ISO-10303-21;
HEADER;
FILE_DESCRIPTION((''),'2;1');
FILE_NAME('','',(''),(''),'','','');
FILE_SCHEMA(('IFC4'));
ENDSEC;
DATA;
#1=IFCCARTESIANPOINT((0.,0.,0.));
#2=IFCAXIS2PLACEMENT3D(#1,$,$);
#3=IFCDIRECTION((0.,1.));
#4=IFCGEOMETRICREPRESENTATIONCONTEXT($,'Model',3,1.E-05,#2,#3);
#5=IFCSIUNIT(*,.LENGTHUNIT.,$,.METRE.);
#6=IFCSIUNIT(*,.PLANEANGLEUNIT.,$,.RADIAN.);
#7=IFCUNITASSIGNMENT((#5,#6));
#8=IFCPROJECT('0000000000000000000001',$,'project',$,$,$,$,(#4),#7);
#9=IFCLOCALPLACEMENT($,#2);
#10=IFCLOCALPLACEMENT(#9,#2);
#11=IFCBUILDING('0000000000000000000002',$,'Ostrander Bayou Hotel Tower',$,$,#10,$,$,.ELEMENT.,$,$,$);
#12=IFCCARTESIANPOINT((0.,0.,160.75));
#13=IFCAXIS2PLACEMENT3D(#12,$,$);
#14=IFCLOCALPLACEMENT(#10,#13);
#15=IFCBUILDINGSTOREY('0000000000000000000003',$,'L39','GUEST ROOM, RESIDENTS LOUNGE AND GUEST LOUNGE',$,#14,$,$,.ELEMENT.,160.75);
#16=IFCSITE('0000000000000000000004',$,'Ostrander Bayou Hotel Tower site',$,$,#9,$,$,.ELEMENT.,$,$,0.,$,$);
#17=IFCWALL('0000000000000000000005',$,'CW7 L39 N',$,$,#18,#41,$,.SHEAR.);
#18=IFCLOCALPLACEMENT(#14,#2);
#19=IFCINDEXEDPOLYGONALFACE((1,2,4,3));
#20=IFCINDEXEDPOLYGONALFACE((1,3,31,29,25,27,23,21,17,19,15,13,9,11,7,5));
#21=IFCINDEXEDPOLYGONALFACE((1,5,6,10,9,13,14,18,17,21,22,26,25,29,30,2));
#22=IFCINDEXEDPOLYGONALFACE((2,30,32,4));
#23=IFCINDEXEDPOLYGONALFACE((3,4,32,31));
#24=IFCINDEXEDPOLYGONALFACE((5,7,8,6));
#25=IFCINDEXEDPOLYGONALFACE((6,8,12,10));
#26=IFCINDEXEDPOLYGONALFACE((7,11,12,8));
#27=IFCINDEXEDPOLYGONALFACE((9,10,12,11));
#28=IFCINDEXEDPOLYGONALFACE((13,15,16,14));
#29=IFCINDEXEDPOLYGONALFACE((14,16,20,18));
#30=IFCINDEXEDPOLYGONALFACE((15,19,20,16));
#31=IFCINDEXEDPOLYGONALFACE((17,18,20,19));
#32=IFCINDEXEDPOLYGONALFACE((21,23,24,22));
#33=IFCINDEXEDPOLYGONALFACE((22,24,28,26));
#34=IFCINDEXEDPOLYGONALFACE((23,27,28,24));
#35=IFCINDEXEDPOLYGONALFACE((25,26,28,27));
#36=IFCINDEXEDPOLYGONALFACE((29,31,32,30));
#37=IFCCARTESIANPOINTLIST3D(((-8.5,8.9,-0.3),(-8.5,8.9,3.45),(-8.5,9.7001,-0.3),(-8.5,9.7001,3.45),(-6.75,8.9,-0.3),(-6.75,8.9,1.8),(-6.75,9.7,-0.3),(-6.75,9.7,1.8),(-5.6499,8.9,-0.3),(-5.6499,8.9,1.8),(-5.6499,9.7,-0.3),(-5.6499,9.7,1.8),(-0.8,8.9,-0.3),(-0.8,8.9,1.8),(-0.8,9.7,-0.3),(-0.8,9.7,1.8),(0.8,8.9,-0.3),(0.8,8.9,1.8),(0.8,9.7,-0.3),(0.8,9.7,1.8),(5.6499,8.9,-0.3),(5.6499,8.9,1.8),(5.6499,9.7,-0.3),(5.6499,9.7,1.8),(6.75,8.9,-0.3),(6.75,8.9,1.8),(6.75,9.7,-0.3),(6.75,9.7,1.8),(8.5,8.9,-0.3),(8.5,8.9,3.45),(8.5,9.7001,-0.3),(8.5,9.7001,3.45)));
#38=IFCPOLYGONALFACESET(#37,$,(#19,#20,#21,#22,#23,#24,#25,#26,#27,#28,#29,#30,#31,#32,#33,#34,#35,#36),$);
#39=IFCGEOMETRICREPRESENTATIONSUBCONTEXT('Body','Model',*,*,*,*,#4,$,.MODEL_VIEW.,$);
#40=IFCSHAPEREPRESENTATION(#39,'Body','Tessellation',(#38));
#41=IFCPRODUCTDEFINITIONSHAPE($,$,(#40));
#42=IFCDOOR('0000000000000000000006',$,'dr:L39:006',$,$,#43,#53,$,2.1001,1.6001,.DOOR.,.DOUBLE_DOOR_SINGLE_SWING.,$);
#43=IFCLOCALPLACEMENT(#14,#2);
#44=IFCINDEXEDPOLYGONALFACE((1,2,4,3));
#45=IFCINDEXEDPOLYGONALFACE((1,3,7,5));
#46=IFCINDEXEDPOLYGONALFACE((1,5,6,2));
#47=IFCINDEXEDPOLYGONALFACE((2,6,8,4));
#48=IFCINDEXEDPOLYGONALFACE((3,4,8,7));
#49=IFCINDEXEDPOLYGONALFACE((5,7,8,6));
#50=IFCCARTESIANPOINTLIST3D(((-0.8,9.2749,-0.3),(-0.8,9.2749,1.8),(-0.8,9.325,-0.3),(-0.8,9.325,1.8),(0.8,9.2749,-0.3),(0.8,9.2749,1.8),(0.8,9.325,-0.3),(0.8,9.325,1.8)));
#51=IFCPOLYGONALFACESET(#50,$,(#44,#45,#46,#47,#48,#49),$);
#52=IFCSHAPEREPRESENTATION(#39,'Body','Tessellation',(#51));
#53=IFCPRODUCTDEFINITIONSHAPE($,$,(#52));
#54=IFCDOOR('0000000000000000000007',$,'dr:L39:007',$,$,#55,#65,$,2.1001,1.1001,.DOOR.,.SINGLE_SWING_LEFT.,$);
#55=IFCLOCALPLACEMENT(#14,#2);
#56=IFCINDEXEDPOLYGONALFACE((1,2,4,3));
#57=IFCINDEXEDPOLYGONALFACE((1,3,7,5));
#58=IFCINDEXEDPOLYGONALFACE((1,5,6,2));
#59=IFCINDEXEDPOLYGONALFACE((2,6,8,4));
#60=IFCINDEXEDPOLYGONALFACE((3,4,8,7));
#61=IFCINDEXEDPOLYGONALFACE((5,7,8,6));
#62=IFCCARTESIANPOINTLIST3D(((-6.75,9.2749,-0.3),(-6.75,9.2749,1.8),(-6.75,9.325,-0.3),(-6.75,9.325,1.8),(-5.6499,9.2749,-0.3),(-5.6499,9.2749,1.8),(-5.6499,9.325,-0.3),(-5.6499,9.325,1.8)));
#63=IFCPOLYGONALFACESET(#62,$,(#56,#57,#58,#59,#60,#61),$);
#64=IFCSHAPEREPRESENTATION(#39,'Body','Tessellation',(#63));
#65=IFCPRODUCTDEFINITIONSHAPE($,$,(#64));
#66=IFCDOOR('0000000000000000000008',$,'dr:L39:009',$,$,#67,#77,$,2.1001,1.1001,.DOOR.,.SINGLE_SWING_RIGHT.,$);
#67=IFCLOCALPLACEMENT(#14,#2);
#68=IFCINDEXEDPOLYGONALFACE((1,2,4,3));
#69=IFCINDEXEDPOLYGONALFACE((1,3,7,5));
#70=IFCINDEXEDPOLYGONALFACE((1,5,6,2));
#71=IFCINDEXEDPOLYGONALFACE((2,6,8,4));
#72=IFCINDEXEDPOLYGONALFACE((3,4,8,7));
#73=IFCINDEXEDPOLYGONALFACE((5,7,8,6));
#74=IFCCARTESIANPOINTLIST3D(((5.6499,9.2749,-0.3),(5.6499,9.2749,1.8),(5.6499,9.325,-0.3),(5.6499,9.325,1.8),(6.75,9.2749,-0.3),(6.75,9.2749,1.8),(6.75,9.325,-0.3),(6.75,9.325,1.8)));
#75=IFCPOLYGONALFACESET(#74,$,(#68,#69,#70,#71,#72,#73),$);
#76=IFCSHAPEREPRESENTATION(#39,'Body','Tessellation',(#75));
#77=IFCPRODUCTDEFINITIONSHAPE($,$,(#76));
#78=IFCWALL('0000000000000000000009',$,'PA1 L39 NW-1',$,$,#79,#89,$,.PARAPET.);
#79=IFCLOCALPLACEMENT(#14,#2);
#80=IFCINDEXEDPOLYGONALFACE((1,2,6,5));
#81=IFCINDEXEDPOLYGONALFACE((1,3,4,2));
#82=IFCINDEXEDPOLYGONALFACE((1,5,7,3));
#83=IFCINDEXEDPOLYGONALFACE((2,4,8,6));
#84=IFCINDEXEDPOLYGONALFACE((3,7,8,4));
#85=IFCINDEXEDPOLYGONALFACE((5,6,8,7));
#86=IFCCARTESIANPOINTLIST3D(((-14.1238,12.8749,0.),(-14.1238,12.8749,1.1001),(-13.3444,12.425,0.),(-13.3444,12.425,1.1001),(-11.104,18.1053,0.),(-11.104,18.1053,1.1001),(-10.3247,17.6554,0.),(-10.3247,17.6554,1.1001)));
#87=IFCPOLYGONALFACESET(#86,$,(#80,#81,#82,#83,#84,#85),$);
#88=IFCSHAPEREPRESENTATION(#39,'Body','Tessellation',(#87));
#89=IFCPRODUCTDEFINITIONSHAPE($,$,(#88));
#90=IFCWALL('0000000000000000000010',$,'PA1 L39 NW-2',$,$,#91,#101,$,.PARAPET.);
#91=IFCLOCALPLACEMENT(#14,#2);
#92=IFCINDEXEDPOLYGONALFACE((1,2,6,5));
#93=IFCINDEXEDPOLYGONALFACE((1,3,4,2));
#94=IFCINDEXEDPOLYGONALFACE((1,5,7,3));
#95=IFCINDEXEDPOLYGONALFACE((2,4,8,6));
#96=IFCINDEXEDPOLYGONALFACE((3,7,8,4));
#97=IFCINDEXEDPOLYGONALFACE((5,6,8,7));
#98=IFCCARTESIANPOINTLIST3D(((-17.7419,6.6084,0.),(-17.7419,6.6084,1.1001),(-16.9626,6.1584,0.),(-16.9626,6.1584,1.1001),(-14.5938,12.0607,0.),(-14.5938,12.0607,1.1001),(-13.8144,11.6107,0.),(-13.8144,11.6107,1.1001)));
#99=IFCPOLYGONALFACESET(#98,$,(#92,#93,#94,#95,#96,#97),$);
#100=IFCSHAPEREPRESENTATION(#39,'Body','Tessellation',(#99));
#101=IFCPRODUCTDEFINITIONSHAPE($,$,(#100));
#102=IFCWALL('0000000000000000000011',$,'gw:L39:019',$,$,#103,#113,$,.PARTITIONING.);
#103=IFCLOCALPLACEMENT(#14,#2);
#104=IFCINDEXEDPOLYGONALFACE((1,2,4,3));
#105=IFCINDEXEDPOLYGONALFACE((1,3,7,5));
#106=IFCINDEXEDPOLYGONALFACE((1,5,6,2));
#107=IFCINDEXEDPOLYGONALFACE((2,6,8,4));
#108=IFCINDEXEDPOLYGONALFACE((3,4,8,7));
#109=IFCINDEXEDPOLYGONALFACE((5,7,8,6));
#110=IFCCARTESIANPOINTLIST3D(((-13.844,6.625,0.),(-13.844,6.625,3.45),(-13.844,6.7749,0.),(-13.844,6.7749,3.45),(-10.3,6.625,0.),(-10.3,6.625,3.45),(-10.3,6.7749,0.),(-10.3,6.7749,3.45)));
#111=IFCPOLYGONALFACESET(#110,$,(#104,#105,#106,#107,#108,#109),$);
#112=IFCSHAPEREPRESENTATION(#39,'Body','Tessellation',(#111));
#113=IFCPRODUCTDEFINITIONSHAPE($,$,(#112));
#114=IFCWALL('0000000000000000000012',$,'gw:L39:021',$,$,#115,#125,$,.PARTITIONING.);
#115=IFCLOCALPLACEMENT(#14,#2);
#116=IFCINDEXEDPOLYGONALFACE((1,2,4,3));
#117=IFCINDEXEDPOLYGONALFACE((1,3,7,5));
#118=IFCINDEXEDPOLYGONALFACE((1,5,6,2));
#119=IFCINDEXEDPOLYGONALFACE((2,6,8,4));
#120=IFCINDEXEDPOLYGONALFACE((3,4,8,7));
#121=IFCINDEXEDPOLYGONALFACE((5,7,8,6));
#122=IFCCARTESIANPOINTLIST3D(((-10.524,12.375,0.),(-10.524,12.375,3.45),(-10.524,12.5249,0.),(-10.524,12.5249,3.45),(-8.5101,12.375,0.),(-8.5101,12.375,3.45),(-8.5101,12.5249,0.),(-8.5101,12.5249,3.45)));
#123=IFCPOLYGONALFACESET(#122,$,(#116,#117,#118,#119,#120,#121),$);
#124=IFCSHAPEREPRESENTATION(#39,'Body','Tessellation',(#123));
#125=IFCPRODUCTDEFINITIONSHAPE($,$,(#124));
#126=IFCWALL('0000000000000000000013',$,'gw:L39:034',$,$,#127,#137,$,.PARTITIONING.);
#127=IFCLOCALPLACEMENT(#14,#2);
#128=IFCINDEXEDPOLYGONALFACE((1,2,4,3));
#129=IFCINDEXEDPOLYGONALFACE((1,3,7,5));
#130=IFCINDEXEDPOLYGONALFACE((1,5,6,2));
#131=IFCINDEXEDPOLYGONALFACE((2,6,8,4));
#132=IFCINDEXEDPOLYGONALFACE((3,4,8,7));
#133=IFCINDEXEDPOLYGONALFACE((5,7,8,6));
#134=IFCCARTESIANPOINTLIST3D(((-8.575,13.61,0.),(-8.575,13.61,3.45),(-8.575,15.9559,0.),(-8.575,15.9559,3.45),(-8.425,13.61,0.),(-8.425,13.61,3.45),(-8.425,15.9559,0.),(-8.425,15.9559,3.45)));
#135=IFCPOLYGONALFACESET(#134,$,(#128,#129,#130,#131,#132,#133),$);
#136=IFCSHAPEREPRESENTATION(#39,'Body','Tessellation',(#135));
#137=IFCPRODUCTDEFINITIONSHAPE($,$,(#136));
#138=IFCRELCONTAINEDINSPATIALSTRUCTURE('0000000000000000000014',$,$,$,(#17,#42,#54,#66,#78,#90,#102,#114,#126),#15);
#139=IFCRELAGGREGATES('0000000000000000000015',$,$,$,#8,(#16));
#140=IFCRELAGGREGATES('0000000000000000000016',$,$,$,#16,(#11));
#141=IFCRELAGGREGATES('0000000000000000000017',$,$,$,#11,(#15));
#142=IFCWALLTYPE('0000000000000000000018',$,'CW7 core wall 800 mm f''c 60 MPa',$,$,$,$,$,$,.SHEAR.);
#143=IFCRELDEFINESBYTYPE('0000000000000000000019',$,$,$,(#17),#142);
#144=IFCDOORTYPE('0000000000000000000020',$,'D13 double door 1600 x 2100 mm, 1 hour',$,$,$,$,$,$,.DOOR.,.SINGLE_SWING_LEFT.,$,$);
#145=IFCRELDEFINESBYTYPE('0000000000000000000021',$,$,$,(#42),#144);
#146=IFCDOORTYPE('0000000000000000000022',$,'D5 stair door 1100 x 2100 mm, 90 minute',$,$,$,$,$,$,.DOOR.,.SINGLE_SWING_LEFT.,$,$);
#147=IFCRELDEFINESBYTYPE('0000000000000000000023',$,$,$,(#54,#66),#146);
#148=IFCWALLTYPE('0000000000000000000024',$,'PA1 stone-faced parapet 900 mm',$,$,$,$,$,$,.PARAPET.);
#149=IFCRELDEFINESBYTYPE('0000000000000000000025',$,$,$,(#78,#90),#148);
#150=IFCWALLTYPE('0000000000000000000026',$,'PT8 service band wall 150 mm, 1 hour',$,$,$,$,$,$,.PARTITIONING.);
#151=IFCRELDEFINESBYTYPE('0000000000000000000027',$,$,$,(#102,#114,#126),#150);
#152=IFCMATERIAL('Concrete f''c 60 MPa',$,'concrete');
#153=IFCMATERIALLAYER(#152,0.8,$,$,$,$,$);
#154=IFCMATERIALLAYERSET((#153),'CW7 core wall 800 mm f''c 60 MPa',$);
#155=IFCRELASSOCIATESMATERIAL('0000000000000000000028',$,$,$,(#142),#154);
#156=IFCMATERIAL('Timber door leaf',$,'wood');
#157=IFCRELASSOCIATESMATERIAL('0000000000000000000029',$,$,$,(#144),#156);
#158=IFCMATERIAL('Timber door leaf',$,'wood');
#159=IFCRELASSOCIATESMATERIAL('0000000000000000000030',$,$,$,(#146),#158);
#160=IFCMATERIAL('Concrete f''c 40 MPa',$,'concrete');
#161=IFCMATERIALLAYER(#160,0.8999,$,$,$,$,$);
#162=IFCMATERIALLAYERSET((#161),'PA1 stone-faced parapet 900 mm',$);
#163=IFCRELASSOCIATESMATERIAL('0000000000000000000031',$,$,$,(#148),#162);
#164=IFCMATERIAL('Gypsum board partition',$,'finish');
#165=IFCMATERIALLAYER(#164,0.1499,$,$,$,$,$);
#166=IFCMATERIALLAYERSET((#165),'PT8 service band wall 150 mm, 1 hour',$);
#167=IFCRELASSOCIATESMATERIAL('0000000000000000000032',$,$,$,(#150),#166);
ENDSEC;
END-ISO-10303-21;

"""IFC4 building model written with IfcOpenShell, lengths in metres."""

from ifc_helpers import new_model, si_unit, direction, frame, frame_2d, origin, place, context, subcontext, project, spatial, rectangle, extrude, material, layer, layer_set, type_object, element, fill, save


model = new_model("IFC4")

# Units and contexts
model_context = context("Model", 3, precision=1e-05, world=origin(), true_north=direction((0.0, 1.0)))
body_context = subcontext(model_context, "Body", "Model", "MODEL_VIEW")
ifc_project = project(units=[si_unit("LENGTHUNIT", "METRE"), si_unit("PLANEANGLEUNIT", "RADIAN")], contexts=[model_context])

# Site, building, storey
site_placement = place(None, origin())
site = spatial("IfcSite", under=ifc_project, at=site_placement, Name="Ostrander Bayou Hotel Tower site", CompositionType="ELEMENT", RefElevation=0.0)
building_placement = place(site_placement, origin())
building = spatial("IfcBuilding", under=site, at=building_placement, Name="Ostrander Bayou Hotel Tower", CompositionType="ELEMENT")
storey_placement = place(building_placement, frame((0.0, 0.0, 160.75)))
storey = spatial("IfcBuildingStorey", under=building, at=storey_placement, Name="L39", Description="GUEST ROOM, RESIDENTS LOUNGE AND GUEST LOUNGE", CompositionType="ELEMENT", Elevation=160.75)

# Wall, openings, doors
ifc_material_1 = material(Name="Concrete f'c 60 MPa", Category="concrete")
ifc_layer_1 = layer(ifc_material_1, 0.8)
ifc_layer_set_1 = layer_set([ifc_layer_1], Name="CW7 core wall 800 mm f'c 60 MPa")
wall_type_1 = type_object("IfcWallType", Name="CW7 core wall 800 mm f'c 60 MPa", PredefinedType="SHEAR", material=ifc_layer_set_1)
wall_1_placement = place(storey_placement, frame((-8.5, 9.3, -0.3), z_axis=(0.0, 0.0, 1.0), x_axis=(1.0, 0.0, 0.0)))
wall_1 = element("IfcWall", 1, at=wall_1_placement, inside=storey, type_object=wall_type_1, Name="CW7 L39 N", PredefinedType="SHEAR", context=body_context, shape_type="SweptSolid", body=[
    extrude(rectangle(XDim=17.0, YDim=0.8, at=frame_2d((8.5, 0.0))), origin(), (0.0, 0.0, 1.0), 3.75),
])
opening_1_placement = place(wall_1_placement, frame((7.7, 0.0, 0.0)))
opening_1 = element("IfcOpeningElement", 2, at=opening_1_placement, cuts=wall_1, PredefinedType="OPENING", context=body_context, shape_type="SweptSolid", body=[
    extrude(rectangle(XDim=1.6001, YDim=2.1001, at=frame_2d((0.8, 1.05))), frame((0.0, 0.3999, 0.0), z_axis=(0.0, -1.0, 0.0), x_axis=(1.0, 0.0, 0.0)), (0.0, 0.0, 1.0), 0.8),
])
opening_2_placement = place(wall_1_placement, frame((1.75, 0.0, 0.0)))
opening_2 = element("IfcOpeningElement", 3, at=opening_2_placement, cuts=wall_1, PredefinedType="OPENING", context=body_context, shape_type="SweptSolid", body=[
    extrude(rectangle(XDim=1.1001, YDim=2.1001, at=frame_2d((0.55, 1.05))), frame((0.0, 0.3999, 0.0), z_axis=(0.0, -1.0, 0.0), x_axis=(1.0, 0.0, 0.0)), (0.0, 0.0, 1.0), 0.8),
])
opening_3_placement = place(wall_1_placement, frame((14.1499, 0.0, 0.0)))
opening_3 = element("IfcOpeningElement", 4, at=opening_3_placement, cuts=wall_1, PredefinedType="OPENING", context=body_context, shape_type="SweptSolid", body=[
    extrude(rectangle(XDim=1.1001, YDim=2.1001, at=frame_2d((0.55, 1.05))), frame((0.0, 0.3999, 0.0), z_axis=(0.0, -1.0, 0.0), x_axis=(1.0, 0.0, 0.0)), (0.0, 0.0, 1.0), 0.8),
])
ifc_material_2 = material(Name="Timber door leaf", Category="wood")
door_type_1 = type_object("IfcDoorType", Name="D13 double door 1600 x 2100 mm, 1 hour", OperationType="SINGLE_SWING_LEFT", PredefinedType="DOOR", material=ifc_material_2)
door_1_placement = place(opening_1_placement, origin())
door_1 = element("IfcDoor", 5, at=door_1_placement, inside=storey, type_object=door_type_1, Name="dr:L39:006", OperationType="DOUBLE_DOOR_SINGLE_SWING", OverallHeight=2.1001, OverallWidth=1.6001, PredefinedType="DOOR", context=body_context, shape_type="SweptSolid", body=[
    extrude(rectangle(XDim=1.6001, YDim=2.1001, at=frame_2d((0.8, 1.05))), frame((0.0, 0.0249, 0.0), z_axis=(0.0, -1.0, 0.0), x_axis=(1.0, 0.0, 0.0)), (0.0, 0.0, 1.0), 0.05),
])
fill(opening_1, door_1)
ifc_material_3 = material(Name="Timber door leaf", Category="wood")
door_type_2 = type_object("IfcDoorType", Name="D5 stair door 1100 x 2100 mm, 90 minute", OperationType="SINGLE_SWING_LEFT", PredefinedType="DOOR", material=ifc_material_3)
door_2_placement = place(opening_2_placement, origin())
door_2 = element("IfcDoor", 6, at=door_2_placement, inside=storey, type_object=door_type_2, Name="dr:L39:007", OperationType="SINGLE_SWING_LEFT", OverallHeight=2.1001, OverallWidth=1.1001, PredefinedType="DOOR", context=body_context, shape_type="SweptSolid", body=[
    extrude(rectangle(XDim=1.1001, YDim=2.1001, at=frame_2d((0.55, 1.05))), frame((0.0, 0.0249, 0.0), z_axis=(0.0, -1.0, 0.0), x_axis=(1.0, 0.0, 0.0)), (0.0, 0.0, 1.0), 0.05),
])
fill(opening_2, door_2)
door_3_placement = place(opening_3_placement, origin())
door_3 = element("IfcDoor", 7, at=door_3_placement, inside=storey, type_object=door_type_2, Name="dr:L39:009", OperationType="SINGLE_SWING_RIGHT", OverallHeight=2.1001, OverallWidth=1.1001, PredefinedType="DOOR", context=body_context, shape_type="SweptSolid", body=[
    extrude(rectangle(XDim=1.1001, YDim=2.1001, at=frame_2d((0.55, 1.05))), frame((0.0, 0.0249, 0.0), z_axis=(0.0, -1.0, 0.0), x_axis=(1.0, 0.0, 0.0)), (0.0, 0.0, 1.0), 0.05),
])
fill(opening_3, door_3)

# Walls
ifc_material_4 = material(Name="Concrete f'c 40 MPa", Category="concrete")
ifc_layer_2 = layer(ifc_material_4, 0.8999)
ifc_layer_set_2 = layer_set([ifc_layer_2], Name="PA1 stone-faced parapet 900 mm")
wall_type_2 = type_object("IfcWallType", Name="PA1 stone-faced parapet 900 mm", PredefinedType="PARAPET", material=ifc_layer_set_2)
wall_2_placement = place(storey_placement, frame((-10.7144, 17.8804, 0.0), z_axis=(0.0, 0.0, 1.0), x_axis=(-0.499995, -0.866028, 0.0)))
element("IfcWall", 8, at=wall_2_placement, inside=storey, type_object=wall_type_2, Name="PA1 L39 NW-1", PredefinedType="PARAPET", context=body_context, shape_type="SweptSolid", body=[
    extrude(rectangle(XDim=6.0396, YDim=0.8999, at=frame_2d((3.0198, 0.0))), origin(), (0.0, 0.0, 1.0), 1.1001),
])
wall_3_placement = place(storey_placement, frame((-14.2041, 11.8357, 0.0), z_axis=(0.0, 0.0, 1.0), x_axis=(-0.50003, -0.866008, 0.0)))
element("IfcWall", 9, at=wall_3_placement, inside=storey, type_object=wall_type_2, Name="PA1 L39 NW-2", PredefinedType="PARAPET", context=body_context, shape_type="SweptSolid", body=[
    extrude(rectangle(XDim=6.2959, YDim=0.8999, at=frame_2d((3.1479, 0.0))), origin(), (0.0, 0.0, 1.0), 1.1001),
])

# Walls
ifc_material_5 = material(Name="Gypsum board partition", Category="finish")
ifc_layer_3 = layer(ifc_material_5, 0.1499)
ifc_layer_set_3 = layer_set([ifc_layer_3], Name="PT8 service band wall 150 mm, 1 hour")
wall_type_3 = type_object("IfcWallType", Name="PT8 service band wall 150 mm, 1 hour", PredefinedType="PARTITIONING", material=ifc_layer_set_3)
wall_4_placement = place(storey_placement, frame((-13.844, 6.7, 0.0), z_axis=(0.0, 0.0, 1.0), x_axis=(1.0, 0.0, 0.0)))
element("IfcWall", 10, at=wall_4_placement, inside=storey, type_object=wall_type_3, Name="gw:L39:019", PredefinedType="PARTITIONING", context=body_context, shape_type="SweptSolid", body=[
    extrude(rectangle(XDim=3.5439, YDim=0.1499, at=frame_2d((1.772, 0.0))), origin(), (0.0, 0.0, 1.0), 3.45),
])
wall_5_placement = place(storey_placement, frame((-10.5239, 12.45, 0.0), z_axis=(0.0, 0.0, 1.0), x_axis=(1.0, 0.0, 0.0)))
element("IfcWall", 11, at=wall_5_placement, inside=storey, type_object=wall_type_3, Name="gw:L39:021", PredefinedType="PARTITIONING", context=body_context, shape_type="SweptSolid", body=[
    extrude(rectangle(XDim=2.0139, YDim=0.1499, at=frame_2d((1.0068, 0.0))), origin(), (0.0, 0.0, 1.0), 3.45),
])
wall_6_placement = place(storey_placement, frame((-8.5, 13.6101, 0.0), z_axis=(0.0, 0.0, 1.0), x_axis=(0.0, 1.0, 0.0)))
element("IfcWall", 12, at=wall_6_placement, inside=storey, type_object=wall_type_3, Name="gw:L39:034", PredefinedType="PARTITIONING", context=body_context, shape_type="SweptSolid", body=[
    extrude(rectangle(XDim=2.3459, YDim=0.1499, at=frame_2d((1.1729, 0.0))), origin(), (0.0, 0.0, 1.0), 3.45),
])

save(model, "model.ifc")
